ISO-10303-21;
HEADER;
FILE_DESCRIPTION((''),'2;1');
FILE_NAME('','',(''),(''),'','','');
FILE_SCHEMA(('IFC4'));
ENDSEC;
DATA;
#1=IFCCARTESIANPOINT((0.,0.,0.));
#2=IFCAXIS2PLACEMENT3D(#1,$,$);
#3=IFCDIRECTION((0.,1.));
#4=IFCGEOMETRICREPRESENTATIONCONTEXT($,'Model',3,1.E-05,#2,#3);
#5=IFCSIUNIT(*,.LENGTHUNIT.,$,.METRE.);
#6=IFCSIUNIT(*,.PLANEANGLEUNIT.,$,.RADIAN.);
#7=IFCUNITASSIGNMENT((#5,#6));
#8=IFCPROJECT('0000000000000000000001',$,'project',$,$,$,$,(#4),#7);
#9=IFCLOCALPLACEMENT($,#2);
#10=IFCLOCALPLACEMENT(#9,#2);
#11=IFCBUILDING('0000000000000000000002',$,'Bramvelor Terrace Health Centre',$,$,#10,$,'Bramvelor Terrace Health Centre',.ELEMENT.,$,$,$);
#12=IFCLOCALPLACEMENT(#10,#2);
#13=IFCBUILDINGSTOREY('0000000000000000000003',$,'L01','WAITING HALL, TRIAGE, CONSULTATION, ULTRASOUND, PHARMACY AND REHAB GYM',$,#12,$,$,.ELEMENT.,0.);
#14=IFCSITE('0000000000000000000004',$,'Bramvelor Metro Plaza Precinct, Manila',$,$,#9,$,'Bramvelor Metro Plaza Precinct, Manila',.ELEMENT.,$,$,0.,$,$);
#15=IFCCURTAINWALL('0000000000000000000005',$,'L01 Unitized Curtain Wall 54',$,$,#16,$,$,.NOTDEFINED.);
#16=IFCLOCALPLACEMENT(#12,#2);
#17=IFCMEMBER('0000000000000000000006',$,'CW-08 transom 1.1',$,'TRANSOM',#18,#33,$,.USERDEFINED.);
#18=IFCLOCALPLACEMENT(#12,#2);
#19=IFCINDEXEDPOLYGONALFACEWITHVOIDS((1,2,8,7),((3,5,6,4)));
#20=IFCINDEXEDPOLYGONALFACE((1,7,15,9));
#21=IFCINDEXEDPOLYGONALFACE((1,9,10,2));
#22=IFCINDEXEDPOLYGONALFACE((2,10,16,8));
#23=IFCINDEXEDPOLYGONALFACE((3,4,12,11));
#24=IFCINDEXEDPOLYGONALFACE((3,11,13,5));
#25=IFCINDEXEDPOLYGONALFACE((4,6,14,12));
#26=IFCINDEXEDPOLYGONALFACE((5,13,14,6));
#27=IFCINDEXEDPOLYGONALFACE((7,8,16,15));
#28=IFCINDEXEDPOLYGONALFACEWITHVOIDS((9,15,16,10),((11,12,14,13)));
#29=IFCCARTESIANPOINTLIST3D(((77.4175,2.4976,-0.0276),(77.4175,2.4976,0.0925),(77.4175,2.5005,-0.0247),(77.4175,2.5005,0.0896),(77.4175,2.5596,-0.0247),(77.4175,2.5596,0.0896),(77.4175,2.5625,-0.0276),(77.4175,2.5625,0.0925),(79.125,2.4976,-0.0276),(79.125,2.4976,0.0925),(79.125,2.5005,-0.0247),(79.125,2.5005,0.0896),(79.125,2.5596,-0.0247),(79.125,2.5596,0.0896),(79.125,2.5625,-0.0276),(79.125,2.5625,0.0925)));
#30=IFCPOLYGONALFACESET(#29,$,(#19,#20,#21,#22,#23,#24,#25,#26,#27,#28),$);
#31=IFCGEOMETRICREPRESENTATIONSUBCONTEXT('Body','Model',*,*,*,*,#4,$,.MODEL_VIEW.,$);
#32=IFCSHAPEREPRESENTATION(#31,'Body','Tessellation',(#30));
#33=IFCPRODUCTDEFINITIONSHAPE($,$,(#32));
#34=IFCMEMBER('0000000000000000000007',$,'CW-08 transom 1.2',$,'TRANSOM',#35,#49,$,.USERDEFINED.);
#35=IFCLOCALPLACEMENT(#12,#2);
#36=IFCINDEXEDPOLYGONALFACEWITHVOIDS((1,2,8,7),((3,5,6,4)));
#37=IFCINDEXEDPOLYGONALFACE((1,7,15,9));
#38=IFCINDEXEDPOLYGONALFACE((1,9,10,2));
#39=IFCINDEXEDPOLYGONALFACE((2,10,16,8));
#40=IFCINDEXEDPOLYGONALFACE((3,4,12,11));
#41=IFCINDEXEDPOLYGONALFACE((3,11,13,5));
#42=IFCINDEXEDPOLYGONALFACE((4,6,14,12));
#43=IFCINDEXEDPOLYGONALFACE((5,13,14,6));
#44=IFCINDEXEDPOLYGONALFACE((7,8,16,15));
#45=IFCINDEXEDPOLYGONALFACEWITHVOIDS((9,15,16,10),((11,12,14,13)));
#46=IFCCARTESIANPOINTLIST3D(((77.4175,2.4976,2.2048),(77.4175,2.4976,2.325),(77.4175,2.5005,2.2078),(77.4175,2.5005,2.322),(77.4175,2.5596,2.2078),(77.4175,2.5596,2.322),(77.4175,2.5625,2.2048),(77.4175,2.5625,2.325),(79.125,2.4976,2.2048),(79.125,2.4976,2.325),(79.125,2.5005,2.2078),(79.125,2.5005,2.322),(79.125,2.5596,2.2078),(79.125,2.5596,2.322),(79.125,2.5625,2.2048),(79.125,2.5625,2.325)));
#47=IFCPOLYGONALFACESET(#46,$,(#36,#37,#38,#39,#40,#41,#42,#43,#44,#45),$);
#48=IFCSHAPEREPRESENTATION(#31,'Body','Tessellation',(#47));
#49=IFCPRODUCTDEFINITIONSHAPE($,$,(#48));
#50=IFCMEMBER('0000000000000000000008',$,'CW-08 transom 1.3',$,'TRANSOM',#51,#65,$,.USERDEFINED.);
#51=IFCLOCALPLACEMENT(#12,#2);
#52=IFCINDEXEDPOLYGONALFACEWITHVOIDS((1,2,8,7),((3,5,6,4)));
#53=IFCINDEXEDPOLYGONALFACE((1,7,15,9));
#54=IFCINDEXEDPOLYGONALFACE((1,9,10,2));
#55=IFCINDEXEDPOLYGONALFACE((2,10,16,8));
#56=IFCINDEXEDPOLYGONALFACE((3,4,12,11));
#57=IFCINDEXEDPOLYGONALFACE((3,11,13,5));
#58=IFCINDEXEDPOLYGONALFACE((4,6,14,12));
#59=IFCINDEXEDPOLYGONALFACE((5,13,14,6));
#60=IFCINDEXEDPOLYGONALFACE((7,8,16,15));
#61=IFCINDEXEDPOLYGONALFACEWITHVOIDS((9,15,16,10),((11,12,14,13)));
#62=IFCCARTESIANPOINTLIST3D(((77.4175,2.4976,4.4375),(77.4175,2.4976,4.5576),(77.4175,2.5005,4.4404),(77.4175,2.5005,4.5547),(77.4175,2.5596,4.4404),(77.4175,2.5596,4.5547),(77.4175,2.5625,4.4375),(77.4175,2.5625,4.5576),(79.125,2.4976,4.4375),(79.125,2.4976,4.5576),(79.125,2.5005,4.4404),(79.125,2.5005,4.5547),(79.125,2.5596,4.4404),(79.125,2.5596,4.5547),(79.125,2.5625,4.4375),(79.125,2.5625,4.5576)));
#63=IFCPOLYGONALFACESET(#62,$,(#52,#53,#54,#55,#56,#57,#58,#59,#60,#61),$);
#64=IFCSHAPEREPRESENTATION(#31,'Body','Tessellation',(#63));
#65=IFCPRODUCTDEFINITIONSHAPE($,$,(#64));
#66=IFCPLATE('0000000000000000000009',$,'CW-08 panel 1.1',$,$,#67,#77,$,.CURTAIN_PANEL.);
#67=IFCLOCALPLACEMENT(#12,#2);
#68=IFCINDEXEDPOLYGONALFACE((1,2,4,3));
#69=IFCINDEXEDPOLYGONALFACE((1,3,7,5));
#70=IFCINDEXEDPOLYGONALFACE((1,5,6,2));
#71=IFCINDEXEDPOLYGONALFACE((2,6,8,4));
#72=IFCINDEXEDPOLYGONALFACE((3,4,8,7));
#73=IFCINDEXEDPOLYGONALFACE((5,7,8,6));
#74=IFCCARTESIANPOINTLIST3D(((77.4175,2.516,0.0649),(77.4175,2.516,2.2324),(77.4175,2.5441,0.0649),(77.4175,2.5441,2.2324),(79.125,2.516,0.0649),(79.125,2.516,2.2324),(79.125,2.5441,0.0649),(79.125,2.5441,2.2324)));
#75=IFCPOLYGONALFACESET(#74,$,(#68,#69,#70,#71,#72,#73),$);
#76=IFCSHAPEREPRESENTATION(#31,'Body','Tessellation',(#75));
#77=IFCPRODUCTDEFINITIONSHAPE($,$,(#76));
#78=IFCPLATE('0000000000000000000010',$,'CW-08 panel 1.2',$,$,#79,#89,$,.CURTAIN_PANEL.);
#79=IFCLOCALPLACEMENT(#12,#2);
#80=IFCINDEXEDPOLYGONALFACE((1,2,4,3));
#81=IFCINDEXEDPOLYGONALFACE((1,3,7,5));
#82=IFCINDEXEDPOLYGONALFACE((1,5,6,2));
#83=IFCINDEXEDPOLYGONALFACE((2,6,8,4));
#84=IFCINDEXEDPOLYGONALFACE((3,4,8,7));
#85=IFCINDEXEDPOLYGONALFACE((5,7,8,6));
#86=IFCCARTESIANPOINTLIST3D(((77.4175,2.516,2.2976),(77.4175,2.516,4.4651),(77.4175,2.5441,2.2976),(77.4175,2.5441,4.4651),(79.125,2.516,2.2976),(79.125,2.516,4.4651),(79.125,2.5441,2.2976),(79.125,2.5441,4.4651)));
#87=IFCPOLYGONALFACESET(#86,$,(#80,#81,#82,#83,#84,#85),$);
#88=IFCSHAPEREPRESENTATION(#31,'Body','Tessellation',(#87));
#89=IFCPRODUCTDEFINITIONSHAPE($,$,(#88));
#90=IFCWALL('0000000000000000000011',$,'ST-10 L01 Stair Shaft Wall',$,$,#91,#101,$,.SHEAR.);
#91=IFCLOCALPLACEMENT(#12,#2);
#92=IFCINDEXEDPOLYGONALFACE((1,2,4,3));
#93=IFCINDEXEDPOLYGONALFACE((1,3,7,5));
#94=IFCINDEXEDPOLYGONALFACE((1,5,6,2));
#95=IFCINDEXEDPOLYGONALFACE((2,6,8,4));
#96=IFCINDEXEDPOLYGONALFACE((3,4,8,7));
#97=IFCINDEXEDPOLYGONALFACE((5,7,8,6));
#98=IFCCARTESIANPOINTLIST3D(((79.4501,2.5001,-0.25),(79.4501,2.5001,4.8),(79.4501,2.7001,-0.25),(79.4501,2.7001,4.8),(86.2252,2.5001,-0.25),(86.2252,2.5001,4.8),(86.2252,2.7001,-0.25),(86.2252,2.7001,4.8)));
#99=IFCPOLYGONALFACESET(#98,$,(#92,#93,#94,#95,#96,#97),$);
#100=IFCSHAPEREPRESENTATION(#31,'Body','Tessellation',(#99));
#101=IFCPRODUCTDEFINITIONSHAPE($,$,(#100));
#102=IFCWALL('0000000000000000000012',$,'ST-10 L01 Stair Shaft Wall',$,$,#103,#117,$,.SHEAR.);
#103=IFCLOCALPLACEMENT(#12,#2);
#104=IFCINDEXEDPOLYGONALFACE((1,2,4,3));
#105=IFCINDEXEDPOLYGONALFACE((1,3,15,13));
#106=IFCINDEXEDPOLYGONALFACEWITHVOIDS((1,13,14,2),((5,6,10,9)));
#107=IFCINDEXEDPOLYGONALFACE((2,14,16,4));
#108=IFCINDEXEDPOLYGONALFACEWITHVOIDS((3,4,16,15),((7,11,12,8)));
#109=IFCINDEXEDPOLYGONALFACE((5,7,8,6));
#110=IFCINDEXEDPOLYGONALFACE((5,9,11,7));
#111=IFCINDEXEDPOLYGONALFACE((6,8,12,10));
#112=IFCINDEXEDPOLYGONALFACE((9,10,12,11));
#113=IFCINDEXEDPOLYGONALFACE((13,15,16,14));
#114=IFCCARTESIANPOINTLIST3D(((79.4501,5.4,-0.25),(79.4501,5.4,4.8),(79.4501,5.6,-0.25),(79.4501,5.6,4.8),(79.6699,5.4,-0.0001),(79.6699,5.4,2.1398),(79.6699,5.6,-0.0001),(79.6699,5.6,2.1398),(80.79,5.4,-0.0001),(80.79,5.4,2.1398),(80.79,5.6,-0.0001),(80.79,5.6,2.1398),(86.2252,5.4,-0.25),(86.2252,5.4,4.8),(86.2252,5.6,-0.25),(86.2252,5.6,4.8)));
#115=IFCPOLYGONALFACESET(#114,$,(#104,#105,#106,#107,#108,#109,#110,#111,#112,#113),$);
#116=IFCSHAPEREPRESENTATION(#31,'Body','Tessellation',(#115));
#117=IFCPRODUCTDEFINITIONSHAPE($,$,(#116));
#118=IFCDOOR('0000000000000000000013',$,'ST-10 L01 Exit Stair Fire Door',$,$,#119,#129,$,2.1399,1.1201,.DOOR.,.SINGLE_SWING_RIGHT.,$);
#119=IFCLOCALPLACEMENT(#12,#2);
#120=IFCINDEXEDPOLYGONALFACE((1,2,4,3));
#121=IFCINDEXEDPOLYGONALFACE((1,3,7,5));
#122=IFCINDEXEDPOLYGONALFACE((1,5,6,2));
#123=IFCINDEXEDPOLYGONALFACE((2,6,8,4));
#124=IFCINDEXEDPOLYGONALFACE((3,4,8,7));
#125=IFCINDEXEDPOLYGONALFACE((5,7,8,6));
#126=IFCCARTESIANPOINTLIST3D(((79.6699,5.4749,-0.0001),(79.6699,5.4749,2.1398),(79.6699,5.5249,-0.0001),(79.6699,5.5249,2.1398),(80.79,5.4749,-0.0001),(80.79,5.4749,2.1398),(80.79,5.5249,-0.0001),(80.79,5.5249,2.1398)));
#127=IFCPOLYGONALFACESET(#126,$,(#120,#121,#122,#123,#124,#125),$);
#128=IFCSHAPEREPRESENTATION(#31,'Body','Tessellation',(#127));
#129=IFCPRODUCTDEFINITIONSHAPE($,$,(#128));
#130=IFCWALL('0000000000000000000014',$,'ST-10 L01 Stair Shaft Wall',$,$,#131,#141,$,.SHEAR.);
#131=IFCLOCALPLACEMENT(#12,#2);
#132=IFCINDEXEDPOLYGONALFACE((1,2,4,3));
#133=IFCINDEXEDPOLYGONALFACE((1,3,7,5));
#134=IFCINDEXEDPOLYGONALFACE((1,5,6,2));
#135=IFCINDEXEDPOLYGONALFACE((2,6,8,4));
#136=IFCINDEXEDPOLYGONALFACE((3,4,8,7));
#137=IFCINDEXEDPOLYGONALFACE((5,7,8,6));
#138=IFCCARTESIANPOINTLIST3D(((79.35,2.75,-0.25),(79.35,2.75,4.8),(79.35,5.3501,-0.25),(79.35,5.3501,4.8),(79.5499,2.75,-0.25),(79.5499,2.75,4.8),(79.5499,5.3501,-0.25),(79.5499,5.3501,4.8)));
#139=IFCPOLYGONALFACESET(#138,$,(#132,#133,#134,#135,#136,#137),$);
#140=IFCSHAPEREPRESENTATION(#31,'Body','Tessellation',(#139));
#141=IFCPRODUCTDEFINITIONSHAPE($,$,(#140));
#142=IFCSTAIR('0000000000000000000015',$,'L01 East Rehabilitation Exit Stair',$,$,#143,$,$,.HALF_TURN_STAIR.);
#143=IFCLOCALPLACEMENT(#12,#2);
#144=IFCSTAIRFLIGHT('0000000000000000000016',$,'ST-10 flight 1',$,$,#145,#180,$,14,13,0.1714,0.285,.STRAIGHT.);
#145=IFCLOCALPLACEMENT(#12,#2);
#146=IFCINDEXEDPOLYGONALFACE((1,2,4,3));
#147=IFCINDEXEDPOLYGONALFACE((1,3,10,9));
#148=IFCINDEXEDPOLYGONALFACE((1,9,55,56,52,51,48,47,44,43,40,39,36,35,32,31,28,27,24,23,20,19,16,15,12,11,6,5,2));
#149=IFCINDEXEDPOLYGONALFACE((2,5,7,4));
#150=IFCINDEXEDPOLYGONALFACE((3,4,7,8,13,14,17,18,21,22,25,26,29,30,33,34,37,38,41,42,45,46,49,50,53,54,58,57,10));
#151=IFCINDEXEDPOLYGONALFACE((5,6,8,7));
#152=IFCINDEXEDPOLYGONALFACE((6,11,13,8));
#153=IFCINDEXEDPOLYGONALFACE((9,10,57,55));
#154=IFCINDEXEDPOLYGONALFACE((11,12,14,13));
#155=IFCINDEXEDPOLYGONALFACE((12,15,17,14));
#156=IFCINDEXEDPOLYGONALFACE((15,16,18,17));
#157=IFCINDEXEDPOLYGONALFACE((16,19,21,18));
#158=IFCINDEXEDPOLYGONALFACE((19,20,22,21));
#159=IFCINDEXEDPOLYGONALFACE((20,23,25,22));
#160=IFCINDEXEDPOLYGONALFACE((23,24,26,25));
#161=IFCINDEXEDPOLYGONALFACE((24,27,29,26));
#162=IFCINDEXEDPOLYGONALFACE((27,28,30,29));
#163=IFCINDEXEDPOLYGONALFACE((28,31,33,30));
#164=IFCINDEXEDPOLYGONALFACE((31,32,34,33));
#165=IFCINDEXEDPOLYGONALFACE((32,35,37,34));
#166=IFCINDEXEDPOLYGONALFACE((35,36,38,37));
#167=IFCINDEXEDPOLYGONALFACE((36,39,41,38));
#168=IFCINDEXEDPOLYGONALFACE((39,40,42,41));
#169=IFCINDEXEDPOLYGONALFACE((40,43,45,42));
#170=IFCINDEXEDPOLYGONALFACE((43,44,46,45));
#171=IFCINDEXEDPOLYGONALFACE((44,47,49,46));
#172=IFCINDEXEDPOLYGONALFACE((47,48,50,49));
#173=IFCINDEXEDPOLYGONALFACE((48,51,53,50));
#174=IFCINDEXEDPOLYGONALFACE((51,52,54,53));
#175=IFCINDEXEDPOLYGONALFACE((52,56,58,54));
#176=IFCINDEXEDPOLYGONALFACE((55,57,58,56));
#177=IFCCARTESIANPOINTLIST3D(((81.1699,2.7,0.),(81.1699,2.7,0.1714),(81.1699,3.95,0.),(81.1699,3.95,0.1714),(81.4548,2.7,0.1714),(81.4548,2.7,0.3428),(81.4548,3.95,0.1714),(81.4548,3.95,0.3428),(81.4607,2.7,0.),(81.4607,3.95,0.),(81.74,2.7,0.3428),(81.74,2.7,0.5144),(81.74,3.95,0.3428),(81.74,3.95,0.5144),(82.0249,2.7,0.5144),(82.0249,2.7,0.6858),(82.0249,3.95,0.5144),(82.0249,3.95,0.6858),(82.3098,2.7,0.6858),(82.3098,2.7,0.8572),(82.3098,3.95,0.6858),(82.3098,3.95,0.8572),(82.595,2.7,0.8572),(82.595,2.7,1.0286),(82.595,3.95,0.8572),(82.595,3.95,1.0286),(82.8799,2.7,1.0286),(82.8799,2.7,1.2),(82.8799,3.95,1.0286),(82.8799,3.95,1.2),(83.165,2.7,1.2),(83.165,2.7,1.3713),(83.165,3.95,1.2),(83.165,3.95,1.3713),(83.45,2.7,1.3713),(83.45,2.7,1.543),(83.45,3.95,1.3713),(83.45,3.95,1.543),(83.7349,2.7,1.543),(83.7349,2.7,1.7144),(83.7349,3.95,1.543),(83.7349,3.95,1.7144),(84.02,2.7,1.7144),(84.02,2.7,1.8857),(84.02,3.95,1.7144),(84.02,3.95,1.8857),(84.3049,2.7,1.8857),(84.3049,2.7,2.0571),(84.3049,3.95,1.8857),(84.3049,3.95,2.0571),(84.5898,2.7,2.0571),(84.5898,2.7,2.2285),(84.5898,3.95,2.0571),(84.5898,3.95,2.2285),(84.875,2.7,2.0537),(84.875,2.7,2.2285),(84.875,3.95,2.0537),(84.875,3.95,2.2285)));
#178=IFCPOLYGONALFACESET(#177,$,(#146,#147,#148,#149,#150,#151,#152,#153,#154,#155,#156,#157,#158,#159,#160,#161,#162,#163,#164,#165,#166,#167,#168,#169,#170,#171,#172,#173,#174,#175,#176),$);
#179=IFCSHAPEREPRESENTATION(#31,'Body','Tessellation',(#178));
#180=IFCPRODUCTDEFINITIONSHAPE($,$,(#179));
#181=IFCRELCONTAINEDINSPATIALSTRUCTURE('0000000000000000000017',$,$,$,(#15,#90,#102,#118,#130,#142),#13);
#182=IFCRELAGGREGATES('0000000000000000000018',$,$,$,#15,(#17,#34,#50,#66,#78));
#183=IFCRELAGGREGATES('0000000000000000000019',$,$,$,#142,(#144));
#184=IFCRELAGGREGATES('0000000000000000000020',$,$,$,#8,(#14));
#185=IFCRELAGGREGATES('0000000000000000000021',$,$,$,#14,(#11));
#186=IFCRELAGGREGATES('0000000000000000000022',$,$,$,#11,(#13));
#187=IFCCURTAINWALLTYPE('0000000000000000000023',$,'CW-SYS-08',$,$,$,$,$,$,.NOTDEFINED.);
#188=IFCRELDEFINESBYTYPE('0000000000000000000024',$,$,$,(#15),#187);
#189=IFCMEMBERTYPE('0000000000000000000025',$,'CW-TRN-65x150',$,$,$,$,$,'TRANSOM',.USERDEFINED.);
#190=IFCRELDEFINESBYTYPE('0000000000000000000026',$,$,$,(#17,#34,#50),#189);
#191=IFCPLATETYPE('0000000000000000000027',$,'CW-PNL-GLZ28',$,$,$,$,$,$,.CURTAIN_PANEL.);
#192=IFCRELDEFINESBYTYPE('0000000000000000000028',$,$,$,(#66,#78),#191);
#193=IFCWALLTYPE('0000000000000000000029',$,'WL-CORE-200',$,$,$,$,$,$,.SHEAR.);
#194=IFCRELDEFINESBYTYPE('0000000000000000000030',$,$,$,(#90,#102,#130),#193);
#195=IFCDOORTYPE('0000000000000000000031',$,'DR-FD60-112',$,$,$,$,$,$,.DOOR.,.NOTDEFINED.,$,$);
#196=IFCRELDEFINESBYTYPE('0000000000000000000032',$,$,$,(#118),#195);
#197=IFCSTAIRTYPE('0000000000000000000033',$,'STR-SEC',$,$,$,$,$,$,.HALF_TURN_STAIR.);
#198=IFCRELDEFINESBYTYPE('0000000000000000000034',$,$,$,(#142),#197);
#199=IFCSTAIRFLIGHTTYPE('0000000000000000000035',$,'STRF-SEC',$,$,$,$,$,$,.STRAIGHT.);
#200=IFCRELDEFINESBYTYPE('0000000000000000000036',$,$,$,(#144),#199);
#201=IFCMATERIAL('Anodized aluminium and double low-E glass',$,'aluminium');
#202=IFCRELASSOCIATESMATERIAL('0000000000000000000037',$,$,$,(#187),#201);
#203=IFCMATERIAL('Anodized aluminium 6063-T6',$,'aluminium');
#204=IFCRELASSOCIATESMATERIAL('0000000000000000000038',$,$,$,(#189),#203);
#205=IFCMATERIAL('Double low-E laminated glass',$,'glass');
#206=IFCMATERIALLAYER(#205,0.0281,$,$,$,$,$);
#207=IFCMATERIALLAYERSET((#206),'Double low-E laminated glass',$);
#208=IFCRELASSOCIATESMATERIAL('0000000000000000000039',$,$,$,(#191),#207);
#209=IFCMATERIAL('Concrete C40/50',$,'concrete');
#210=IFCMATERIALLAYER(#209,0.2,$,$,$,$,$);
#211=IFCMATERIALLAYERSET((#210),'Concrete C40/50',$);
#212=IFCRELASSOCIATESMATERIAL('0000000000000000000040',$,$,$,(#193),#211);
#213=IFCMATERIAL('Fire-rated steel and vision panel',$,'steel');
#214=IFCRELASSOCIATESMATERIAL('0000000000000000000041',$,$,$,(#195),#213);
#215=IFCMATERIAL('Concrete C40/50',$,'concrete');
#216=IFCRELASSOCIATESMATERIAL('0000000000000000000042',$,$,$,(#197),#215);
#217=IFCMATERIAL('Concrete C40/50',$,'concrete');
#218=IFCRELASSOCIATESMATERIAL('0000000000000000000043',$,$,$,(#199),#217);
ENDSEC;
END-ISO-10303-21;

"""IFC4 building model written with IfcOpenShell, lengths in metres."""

from ifc_helpers import new_model, si_unit, direction, frame, frame_2d, origin, origin_2d, place, context, subcontext, project, spatial, polyline, rectangle, hollow_rectangle, outline, extrude, material, layer, layer_set, material_profile, profile_set, type_object, element, fill, aggregate, save


model = new_model("IFC4")

# Units and contexts
model_context = context("Model", 3, precision=1e-05, world=origin(), true_north=direction((0.0, 1.0)))
body_context = subcontext(model_context, "Body", "Model", "MODEL_VIEW")
ifc_project = project(units=[si_unit("LENGTHUNIT", "METRE"), si_unit("PLANEANGLEUNIT", "RADIAN")], contexts=[model_context])

# Site, building, storey
site_placement = place(None, origin())
site = spatial("IfcSite", under=ifc_project, at=site_placement, Name="Bramvelor Metro Plaza Precinct, Manila", LongName="Bramvelor Metro Plaza Precinct, Manila", CompositionType="ELEMENT", RefElevation=0.0)
building_placement = place(site_placement, origin())
building = spatial("IfcBuilding", under=site, at=building_placement, Name="Bramvelor Terrace Health Centre", LongName="Bramvelor Terrace Health Centre", CompositionType="ELEMENT")
storey_placement = place(building_placement, origin())
storey = spatial("IfcBuildingStorey", under=building, at=storey_placement, Name="L01", Description="WAITING HALL, TRIAGE, CONSULTATION, ULTRASOUND, PHARMACY AND REHAB GYM", CompositionType="ELEMENT", Elevation=0.0)

# Curtain wall, members, plates
ifc_material_1 = material(Name="Anodized aluminium and double low-E glass", Category="aluminium")
curtain_wall_type = type_object("IfcCurtainWallType", Name="CW-SYS-08", PredefinedType="NOTDEFINED", material=ifc_material_1)
curtain_wall_placement = place(storey_placement, origin())
curtain_wall = element("IfcCurtainWall", 1, at=curtain_wall_placement, inside=storey, type_object=curtain_wall_type, Name="L01 Unitized Curtain Wall 54", PredefinedType="NOTDEFINED")
ifc_material_2 = material(Name="Anodized aluminium 6063-T6", Category="aluminium")
ifc_material_profile_1 = material_profile(ifc_material_2, hollow_rectangle(XDim=0.0649, YDim=0.1201, WallThickness=0.0029, at=origin_2d()), Name="ALU-TRN 65x120x3.0")
ifc_profile_set_1 = profile_set([ifc_material_profile_1], Name="Anodized aluminium 6063-T6")
member_type_1 = type_object("IfcMemberType", Name="CW-TRN-65x150", ElementType="TRANSOM", PredefinedType="USERDEFINED", material=ifc_profile_set_1)
member_1_placement = place(storey_placement, frame((79.125, 2.53, 0.0325), z_axis=(-1.0, 0.0, 0.0), x_axis=(0.0, -1.0, 0.0)))
member_1 = element("IfcMember", 2, at=member_1_placement, type_object=member_type_1, Name="CW-08 transom 1.1", ObjectType="TRANSOM", PredefinedType="USERDEFINED", context=body_context, shape_type="SweptSolid", body=[
    extrude(hollow_rectangle(XDim=0.0649, YDim=0.1201, WallThickness=0.0029, at=origin_2d()), origin(), (0.0, 0.0, 1.0), 1.7075),
])
member_2_placement = place(storey_placement, frame((79.125, 2.53, 2.2649), z_axis=(-1.0, 0.0, 0.0), x_axis=(0.0, -1.0, 0.0)))
member_2 = element("IfcMember", 3, at=member_2_placement, type_object=member_type_1, Name="CW-08 transom 1.2", ObjectType="TRANSOM", PredefinedType="USERDEFINED", context=body_context, shape_type="SweptSolid", body=[
    extrude(hollow_rectangle(XDim=0.0649, YDim=0.1201, WallThickness=0.0029, at=origin_2d()), origin(), (0.0, 0.0, 1.0), 1.7075),
])
member_3_placement = place(storey_placement, frame((79.125, 2.53, 4.4976), z_axis=(-1.0, 0.0, 0.0), x_axis=(0.0, -1.0, 0.0)))
member_3 = element("IfcMember", 4, at=member_3_placement, type_object=member_type_1, Name="CW-08 transom 1.3", ObjectType="TRANSOM", PredefinedType="USERDEFINED", context=body_context, shape_type="SweptSolid", body=[
    extrude(hollow_rectangle(XDim=0.0649, YDim=0.1201, WallThickness=0.0029, at=origin_2d()), origin(), (0.0, 0.0, 1.0), 1.7075),
])
ifc_material_3 = material(Name="Double low-E laminated glass", Category="glass")
ifc_layer_1 = layer(ifc_material_3, 0.0281)
ifc_layer_set_1 = layer_set([ifc_layer_1], Name="Double low-E laminated glass")
plate_type = type_object("IfcPlateType", Name="CW-PNL-GLZ28", PredefinedType="CURTAIN_PANEL", material=ifc_layer_set_1)
plate_1_placement = place(storey_placement, frame((78.2712, 2.53, 0.0649), z_axis=(0.0, 0.0, 1.0), x_axis=(-1.0, 0.0, 0.0)))
plate_1 = element("IfcPlate", 5, at=plate_1_placement, type_object=plate_type, Name="CW-08 panel 1.1", PredefinedType="CURTAIN_PANEL", context=body_context, shape_type="SweptSolid", body=[
    extrude(rectangle(XDim=1.7075, YDim=0.0281, at=origin_2d()), origin(), (0.0, 0.0, 1.0), 2.1675),
])
plate_2_placement = place(storey_placement, frame((78.2712, 2.53, 2.2976), z_axis=(0.0, 0.0, 1.0), x_axis=(-1.0, 0.0, 0.0)))
plate_2 = element("IfcPlate", 6, at=plate_2_placement, type_object=plate_type, Name="CW-08 panel 1.2", PredefinedType="CURTAIN_PANEL", context=body_context, shape_type="SweptSolid", body=[
    extrude(rectangle(XDim=1.7075, YDim=0.0281, at=origin_2d()), origin(), (0.0, 0.0, 1.0), 2.1675),
])
aggregate(curtain_wall, [member_1, member_2, member_3, plate_1, plate_2])

# Wall
ifc_material_4 = material(Name="Concrete C40/50", Category="concrete")
ifc_layer_2 = layer(ifc_material_4, 0.2)
ifc_layer_set_2 = layer_set([ifc_layer_2], Name="Concrete C40/50")
wall_type = type_object("IfcWallType", Name="WL-CORE-200", PredefinedType="SHEAR", material=ifc_layer_set_2)
wall_1_placement = place(storey_placement, frame((79.45, 2.6001, -0.25), z_axis=(0.0, 0.0, 1.0), x_axis=(1.0, 0.0, 0.0)))
element("IfcWall", 7, at=wall_1_placement, inside=storey, type_object=wall_type, Name="ST-10 L01 Stair Shaft Wall", PredefinedType="SHEAR", context=body_context, shape_type="SweptSolid", body=[
    extrude(rectangle(XDim=6.7751, YDim=0.2, at=frame_2d((3.3877, 0.0))), origin(), (0.0, 0.0, 1.0), 5.05),
])

# Wall, opening, door
wall_2_placement = place(storey_placement, frame((79.45, 5.5, -0.25), z_axis=(0.0, 0.0, 1.0), x_axis=(1.0, 0.0, 0.0)))
wall_2 = element("IfcWall", 8, at=wall_2_placement, inside=storey, type_object=wall_type, Name="ST-10 L01 Stair Shaft Wall", PredefinedType="SHEAR", context=body_context, shape_type="SweptSolid", body=[
    extrude(rectangle(XDim=6.7751, YDim=0.2, at=frame_2d((3.3877, 0.0))), origin(), (0.0, 0.0, 1.0), 5.05),
])
opening_placement = place(wall_2_placement, frame((0.22, 0.0, 0.25)))
opening = element("IfcOpeningElement", 9, at=opening_placement, cuts=wall_2, PredefinedType="OPENING", context=body_context, shape_type="SweptSolid", body=[
    extrude(rectangle(XDim=1.1201, YDim=2.1399, at=frame_2d((0.5601, 1.0698))), frame((0.0, 0.1099, 0.0), z_axis=(0.0, -1.0, 0.0), x_axis=(1.0, 0.0, 0.0)), (0.0, 0.0, 1.0), 0.22),
])
ifc_material_5 = material(Name="Fire-rated steel and vision panel", Category="steel")
door_type = type_object("IfcDoorType", Name="DR-FD60-112", OperationType="NOTDEFINED", PredefinedType="DOOR", material=ifc_material_5)
door_placement = place(opening_placement, origin())
door = element("IfcDoor", 10, at=door_placement, inside=storey, type_object=door_type, Name="ST-10 L01 Exit Stair Fire Door", OperationType="SINGLE_SWING_RIGHT", OverallHeight=2.1399, OverallWidth=1.1201, PredefinedType="DOOR", context=body_context, shape_type="SweptSolid", body=[
    extrude(rectangle(XDim=1.1201, YDim=2.1399, at=frame_2d((0.5601, 1.0698))), frame((0.0, 0.0249, 0.0), z_axis=(0.0, -1.0, 0.0), x_axis=(1.0, 0.0, 0.0)), (0.0, 0.0, 1.0), 0.05),
])
fill(opening, door)

# Wall
wall_3_placement = place(storey_placement, frame((79.45, 2.75, -0.25), z_axis=(0.0, 0.0, 1.0), x_axis=(0.0, 1.0, 0.0)))
element("IfcWall", 11, at=wall_3_placement, inside=storey, type_object=wall_type, Name="ST-10 L01 Stair Shaft Wall", PredefinedType="SHEAR", context=body_context, shape_type="SweptSolid", body=[
    extrude(rectangle(XDim=2.6001, YDim=0.2, at=frame_2d((1.3, 0.0))), origin(), (0.0, 0.0, 1.0), 5.05),
])

# Stair, stair flight
ifc_material_6 = material(Name="Concrete C40/50", Category="concrete")
stair_type = type_object("IfcStairType", Name="STR-SEC", PredefinedType="HALF_TURN_STAIR", material=ifc_material_6)
stair_placement = place(storey_placement, origin())
stair = element("IfcStair", 12, at=stair_placement, inside=storey, type_object=stair_type, Name="L01 East Rehabilitation Exit Stair", PredefinedType="HALF_TURN_STAIR")
ifc_material_7 = material(Name="Concrete C40/50", Category="concrete")
stair_flight_type = type_object("IfcStairFlightType", Name="STRF-SEC", PredefinedType="STRAIGHT", material=ifc_material_7)
stair_flight_placement = place(storey_placement, frame((81.1699, 3.325, 0.0), z_axis=(0.0, 0.0, 1.0), x_axis=(1.0, 0.0, 0.0)))
stair_flight = element("IfcStairFlight", 13, at=stair_flight_placement, type_object=stair_flight_type, Name="ST-10 flight 1", NumberOfRisers=14, NumberOfTreads=13, PredefinedType="STRAIGHT", RiserHeight=0.1714, TreadLength=0.285, context=body_context, shape_type="SweptSolid", body=[
    extrude(outline(polyline([(0.0, 0.0), (0.0, 0.1714), (0.2849, 0.1714), (0.2849, 0.3428), (0.5701, 0.3428), (0.5701, 0.5144), (0.855, 0.5144), (0.855, 0.6858), (1.1399, 0.6858), (1.1399, 0.8572), (1.425, 0.8572), (1.425, 1.0286), (1.71, 1.0286), (1.71, 1.2), (1.9951, 1.2), (1.9951, 1.3713), (2.28, 1.3713), (2.28, 1.543), (2.5649, 1.543), (2.5649, 1.7144), (2.8501, 1.7144), (2.8501, 1.8857), (3.135, 1.8857), (3.135, 2.0571), (3.4199, 2.0571), (3.4199, 2.2285), (3.7051, 2.2285), (3.7051, 2.3999), (3.7051, 2.0537), (0.2908, 0.0), (0.0, 0.0)])), frame((0.0, 0.625, 0.0), z_axis=(0.0, -1.0, 0.0), x_axis=(1.0, 0.0, 0.0)), (0.0, 0.0, 1.0), 1.25),
])
aggregate(stair, [stair_flight])

save(model, "model.ifc")
